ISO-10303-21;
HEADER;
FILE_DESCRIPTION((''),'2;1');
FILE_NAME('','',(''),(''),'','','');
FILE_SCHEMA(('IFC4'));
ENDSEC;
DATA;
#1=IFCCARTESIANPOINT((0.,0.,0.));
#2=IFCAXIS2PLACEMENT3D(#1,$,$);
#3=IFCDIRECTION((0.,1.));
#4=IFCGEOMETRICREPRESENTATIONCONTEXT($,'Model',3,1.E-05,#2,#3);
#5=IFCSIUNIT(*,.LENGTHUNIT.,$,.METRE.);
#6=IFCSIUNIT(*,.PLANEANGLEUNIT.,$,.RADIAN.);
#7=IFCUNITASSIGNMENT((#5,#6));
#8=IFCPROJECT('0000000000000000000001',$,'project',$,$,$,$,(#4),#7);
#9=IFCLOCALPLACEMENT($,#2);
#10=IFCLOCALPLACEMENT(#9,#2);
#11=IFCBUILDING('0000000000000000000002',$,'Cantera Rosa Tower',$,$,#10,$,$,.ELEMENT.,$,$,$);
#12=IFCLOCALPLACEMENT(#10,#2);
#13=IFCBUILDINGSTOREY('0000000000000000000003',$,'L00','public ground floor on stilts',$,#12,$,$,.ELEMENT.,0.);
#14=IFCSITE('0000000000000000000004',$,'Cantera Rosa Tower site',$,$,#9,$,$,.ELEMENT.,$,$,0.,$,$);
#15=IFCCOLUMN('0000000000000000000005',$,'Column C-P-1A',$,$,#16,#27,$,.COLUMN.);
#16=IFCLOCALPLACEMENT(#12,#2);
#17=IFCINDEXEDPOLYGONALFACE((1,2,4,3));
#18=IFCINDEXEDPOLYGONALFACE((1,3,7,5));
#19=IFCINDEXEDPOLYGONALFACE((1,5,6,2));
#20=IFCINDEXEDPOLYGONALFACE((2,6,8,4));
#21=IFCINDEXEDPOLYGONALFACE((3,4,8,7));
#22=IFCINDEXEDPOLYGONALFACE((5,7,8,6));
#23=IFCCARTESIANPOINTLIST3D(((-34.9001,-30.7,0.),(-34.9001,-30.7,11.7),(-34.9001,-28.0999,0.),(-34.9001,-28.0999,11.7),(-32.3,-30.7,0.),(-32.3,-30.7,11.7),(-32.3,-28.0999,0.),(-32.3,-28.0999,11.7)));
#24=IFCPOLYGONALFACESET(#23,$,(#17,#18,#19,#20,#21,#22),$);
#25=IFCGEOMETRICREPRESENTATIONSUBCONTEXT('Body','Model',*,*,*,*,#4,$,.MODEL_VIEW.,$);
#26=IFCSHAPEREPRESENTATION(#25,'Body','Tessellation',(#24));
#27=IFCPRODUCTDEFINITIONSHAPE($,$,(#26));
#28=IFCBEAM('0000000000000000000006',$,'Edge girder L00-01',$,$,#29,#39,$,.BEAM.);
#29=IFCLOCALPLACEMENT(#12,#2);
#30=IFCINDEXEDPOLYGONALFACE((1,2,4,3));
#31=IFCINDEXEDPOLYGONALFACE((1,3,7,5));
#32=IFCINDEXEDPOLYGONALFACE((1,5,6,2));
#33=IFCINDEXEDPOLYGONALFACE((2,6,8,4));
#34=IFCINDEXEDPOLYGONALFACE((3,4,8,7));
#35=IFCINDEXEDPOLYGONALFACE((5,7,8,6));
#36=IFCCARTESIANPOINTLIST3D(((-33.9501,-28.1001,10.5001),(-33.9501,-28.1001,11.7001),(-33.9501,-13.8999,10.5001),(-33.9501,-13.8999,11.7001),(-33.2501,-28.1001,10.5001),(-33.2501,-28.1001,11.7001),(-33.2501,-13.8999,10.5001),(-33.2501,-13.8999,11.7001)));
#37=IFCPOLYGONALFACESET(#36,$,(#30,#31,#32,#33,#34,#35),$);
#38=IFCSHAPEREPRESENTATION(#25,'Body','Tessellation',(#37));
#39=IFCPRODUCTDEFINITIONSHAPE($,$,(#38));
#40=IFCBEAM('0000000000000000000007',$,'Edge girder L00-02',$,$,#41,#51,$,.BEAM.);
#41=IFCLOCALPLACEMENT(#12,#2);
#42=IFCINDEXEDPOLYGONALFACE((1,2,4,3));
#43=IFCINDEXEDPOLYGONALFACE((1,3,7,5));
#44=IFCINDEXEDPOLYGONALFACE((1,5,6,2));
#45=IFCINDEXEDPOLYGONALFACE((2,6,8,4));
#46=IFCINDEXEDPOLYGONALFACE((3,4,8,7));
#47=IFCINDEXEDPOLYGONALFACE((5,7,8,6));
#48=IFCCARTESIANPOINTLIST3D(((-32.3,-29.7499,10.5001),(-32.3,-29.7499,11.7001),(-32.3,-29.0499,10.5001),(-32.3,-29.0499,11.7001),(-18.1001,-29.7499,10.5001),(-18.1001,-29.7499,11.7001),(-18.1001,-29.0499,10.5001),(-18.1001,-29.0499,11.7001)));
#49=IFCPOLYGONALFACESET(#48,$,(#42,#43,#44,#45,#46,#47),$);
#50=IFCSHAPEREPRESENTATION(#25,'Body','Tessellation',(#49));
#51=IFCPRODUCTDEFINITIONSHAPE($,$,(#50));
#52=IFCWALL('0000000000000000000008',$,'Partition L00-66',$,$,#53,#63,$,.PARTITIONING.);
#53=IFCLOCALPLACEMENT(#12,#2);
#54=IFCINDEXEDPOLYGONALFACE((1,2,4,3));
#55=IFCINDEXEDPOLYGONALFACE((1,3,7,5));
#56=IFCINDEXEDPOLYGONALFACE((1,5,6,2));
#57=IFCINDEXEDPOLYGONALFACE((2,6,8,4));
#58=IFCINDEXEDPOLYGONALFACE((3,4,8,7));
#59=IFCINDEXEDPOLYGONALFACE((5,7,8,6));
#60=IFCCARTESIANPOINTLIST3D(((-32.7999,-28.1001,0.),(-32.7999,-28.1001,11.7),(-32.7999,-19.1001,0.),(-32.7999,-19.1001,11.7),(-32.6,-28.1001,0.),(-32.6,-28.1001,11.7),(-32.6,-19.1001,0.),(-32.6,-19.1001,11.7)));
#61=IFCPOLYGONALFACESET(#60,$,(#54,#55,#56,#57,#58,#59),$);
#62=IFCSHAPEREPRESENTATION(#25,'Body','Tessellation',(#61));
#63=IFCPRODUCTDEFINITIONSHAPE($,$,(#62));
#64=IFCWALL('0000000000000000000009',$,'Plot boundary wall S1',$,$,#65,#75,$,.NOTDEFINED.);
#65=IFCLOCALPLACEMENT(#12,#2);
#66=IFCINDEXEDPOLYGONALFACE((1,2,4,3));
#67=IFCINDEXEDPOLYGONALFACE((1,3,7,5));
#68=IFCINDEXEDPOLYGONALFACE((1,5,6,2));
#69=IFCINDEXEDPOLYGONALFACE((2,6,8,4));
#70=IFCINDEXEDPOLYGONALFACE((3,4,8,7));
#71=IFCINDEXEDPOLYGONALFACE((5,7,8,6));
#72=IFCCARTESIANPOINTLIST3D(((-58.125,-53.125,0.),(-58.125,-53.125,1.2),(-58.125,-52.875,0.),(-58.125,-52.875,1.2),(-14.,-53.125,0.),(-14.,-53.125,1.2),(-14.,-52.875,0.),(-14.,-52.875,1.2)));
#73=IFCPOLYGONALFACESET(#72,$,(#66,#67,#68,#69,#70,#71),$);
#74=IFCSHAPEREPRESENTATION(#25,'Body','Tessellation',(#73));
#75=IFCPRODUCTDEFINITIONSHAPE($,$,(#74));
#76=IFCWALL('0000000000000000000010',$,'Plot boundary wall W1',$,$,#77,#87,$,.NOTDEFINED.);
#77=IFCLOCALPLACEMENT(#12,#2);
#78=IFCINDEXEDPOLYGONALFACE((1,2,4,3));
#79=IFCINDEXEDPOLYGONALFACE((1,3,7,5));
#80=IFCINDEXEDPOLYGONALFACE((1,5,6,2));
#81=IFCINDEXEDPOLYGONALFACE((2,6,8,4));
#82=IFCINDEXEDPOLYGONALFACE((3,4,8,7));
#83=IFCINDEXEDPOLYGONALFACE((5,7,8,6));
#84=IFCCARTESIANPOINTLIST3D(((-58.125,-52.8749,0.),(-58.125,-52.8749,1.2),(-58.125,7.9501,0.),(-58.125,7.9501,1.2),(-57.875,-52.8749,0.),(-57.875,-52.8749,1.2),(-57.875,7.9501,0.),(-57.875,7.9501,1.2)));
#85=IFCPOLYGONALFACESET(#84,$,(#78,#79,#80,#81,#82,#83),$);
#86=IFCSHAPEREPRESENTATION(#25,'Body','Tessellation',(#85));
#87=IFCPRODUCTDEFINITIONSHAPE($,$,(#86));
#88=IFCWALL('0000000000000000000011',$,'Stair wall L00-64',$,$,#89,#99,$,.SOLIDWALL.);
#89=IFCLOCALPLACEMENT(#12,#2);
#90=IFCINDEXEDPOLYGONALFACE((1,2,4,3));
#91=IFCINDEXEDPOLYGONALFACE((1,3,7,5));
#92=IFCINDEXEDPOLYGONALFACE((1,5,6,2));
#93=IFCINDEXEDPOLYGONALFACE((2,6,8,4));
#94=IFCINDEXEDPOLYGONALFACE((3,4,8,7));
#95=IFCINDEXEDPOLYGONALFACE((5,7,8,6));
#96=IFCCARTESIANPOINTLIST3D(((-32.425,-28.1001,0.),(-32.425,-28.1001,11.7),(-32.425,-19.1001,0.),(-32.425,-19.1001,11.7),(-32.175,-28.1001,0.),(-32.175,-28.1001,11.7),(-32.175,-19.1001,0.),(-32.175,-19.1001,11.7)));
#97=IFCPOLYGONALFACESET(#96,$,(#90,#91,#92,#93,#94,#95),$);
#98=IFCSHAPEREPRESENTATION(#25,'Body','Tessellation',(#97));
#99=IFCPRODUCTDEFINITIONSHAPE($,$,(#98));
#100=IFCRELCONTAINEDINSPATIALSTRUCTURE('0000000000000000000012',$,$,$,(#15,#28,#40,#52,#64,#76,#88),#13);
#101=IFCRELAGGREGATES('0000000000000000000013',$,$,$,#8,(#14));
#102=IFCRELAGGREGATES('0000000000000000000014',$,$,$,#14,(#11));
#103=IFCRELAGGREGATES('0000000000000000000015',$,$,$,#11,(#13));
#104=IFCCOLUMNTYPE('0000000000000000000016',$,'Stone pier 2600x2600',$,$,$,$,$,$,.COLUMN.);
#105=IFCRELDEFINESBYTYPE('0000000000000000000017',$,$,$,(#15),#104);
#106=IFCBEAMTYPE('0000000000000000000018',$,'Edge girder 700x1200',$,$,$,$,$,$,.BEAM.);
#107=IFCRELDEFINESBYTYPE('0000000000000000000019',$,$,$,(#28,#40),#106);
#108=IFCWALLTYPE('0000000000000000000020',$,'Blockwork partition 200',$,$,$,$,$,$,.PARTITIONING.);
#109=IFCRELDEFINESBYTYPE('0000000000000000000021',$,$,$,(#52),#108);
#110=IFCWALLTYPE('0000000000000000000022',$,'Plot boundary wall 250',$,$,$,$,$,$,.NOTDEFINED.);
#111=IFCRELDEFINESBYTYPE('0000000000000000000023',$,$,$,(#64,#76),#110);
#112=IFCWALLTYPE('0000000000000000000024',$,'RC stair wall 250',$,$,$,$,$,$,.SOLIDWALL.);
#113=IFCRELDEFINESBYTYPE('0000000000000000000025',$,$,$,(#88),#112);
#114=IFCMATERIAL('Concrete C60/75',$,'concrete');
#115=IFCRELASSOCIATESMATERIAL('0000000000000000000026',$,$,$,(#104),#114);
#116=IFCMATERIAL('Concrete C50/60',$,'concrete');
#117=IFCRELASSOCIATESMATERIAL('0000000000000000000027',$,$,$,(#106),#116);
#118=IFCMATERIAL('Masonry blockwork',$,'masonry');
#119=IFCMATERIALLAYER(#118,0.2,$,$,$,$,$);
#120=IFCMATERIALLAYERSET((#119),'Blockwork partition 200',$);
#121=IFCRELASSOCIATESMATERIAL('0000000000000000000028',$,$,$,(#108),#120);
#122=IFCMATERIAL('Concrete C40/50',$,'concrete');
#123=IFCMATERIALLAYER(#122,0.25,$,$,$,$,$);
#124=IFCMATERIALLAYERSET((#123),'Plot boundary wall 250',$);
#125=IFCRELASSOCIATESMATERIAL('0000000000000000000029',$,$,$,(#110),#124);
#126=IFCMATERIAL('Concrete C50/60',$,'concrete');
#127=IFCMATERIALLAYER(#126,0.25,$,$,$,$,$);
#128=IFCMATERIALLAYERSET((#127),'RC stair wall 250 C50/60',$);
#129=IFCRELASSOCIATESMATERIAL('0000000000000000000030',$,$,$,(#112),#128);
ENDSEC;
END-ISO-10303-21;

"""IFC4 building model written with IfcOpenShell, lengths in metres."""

from ifc_helpers import new_model, si_unit, direction, frame, frame_2d, origin, origin_2d, place, context, subcontext, project, spatial, rectangle, extrude, material, layer, layer_set, material_profile, profile_set, type_object, element, save


model = new_model("IFC4")

# Units and contexts
model_context = context("Model", 3, precision=1e-05, world=origin(), true_north=direction((0.0, 1.0)))
body_context = subcontext(model_context, "Body", "Model", "MODEL_VIEW")
ifc_project = project(units=[si_unit("LENGTHUNIT", "METRE"), si_unit("PLANEANGLEUNIT", "RADIAN")], contexts=[model_context])

# Site, building, storey
site_placement = place(None, origin())
site = spatial("IfcSite", under=ifc_project, at=site_placement, Name="Cantera Rosa Tower site", CompositionType="ELEMENT", RefElevation=0.0)
building_placement = place(site_placement, origin())
building = spatial("IfcBuilding", under=site, at=building_placement, Name="Cantera Rosa Tower", CompositionType="ELEMENT")
storey_placement = place(building_placement, origin())
storey = spatial("IfcBuildingStorey", under=building, at=storey_placement, Name="L00", Description="public ground floor on stilts", CompositionType="ELEMENT", Elevation=0.0)

# Column
ifc_material_1 = material(Name="Concrete C60/75", Category="concrete")
ifc_material_profile_1 = material_profile(ifc_material_1, rectangle(XDim=2.6001, YDim=2.6001, at=origin_2d()), Name="Stone pier 2600x2600")
ifc_profile_set_1 = profile_set([ifc_material_profile_1], Name="Concrete C60/75")
column_type = type_object("IfcColumnType", Name="Stone pier 2600x2600", PredefinedType="COLUMN", material=ifc_profile_set_1)
column_placement = place(storey_placement, frame((-33.6001, -29.3999, 0.0), z_axis=(0.0, 0.0, 1.0), x_axis=(1.0, 0.0, 0.0)))
element("IfcColumn", 1, at=column_placement, inside=storey, type_object=column_type, Name="Column C-P-1A", PredefinedType="COLUMN", context=body_context, shape_type="SweptSolid", body=[
    extrude(rectangle(XDim=2.6001, YDim=2.6001, at=origin_2d()), origin(), (0.0, 0.0, 1.0), 11.7),
])

# Beams
ifc_material_2 = material(Name="Concrete C50/60", Category="concrete")
ifc_material_profile_2 = material_profile(ifc_material_2, rectangle(XDim=0.7, YDim=1.2, at=origin_2d()), Name="Edge girder 700x1200")
ifc_profile_set_2 = profile_set([ifc_material_profile_2], Name="Concrete C50/60")
beam_type = type_object("IfcBeamType", Name="Edge girder 700x1200", PredefinedType="BEAM", material=ifc_profile_set_2)
beam_1_placement = place(storey_placement, frame((-33.6001, -28.1001, 11.1001), z_axis=(0.0, 1.0, 0.0), x_axis=(-1.0, 0.0, 0.0)))
element("IfcBeam", 2, at=beam_1_placement, inside=storey, type_object=beam_type, Name="Edge girder L00-01", PredefinedType="BEAM", context=body_context, shape_type="SweptSolid", body=[
    extrude(rectangle(XDim=0.7, YDim=1.2, at=origin_2d()), origin(), (0.0, 0.0, 1.0), 14.2002),
])
beam_2_placement = place(storey_placement, frame((-32.3, -29.3999, 11.1001), z_axis=(1.0, 0.0, 0.0), x_axis=(0.0, 1.0, 0.0)))
element("IfcBeam", 3, at=beam_2_placement, inside=storey, type_object=beam_type, Name="Edge girder L00-02", PredefinedType="BEAM", context=body_context, shape_type="SweptSolid", body=[
    extrude(rectangle(XDim=0.7, YDim=1.2, at=origin_2d()), origin(), (0.0, 0.0, 1.0), 14.2),
])

# Walls
ifc_material_3 = material(Name="Masonry blockwork", Category="masonry")
ifc_layer_1 = layer(ifc_material_3, 0.2)
ifc_layer_set_1 = layer_set([ifc_layer_1], Name="Blockwork partition 200")
wall_type_1 = type_object("IfcWallType", Name="Blockwork partition 200", PredefinedType="PARTITIONING", material=ifc_layer_set_1)
wall_1_placement = place(storey_placement, frame((-32.7, -28.1001, 0.0), z_axis=(0.0, 0.0, 1.0), x_axis=(0.0, 1.0, 0.0)))
element("IfcWall", 4, at=wall_1_placement, inside=storey, type_object=wall_type_1, Name="Partition L00-66", PredefinedType="PARTITIONING", context=body_context, shape_type="SweptSolid", body=[
    extrude(rectangle(XDim=9.0, YDim=0.2, at=frame_2d((4.5, 0.0))), origin(), (0.0, 0.0, 1.0), 11.7),
])
ifc_material_4 = material(Name="Concrete C40/50", Category="concrete")
ifc_layer_2 = layer(ifc_material_4, 0.25)
ifc_layer_set_2 = layer_set([ifc_layer_2], Name="Plot boundary wall 250")
wall_type_2 = type_object("IfcWallType", Name="Plot boundary wall 250", PredefinedType="NOTDEFINED", material=ifc_layer_set_2)
wall_2_placement = place(storey_placement, frame((-58.125, -53.0, 0.0), z_axis=(0.0, 0.0, 1.0), x_axis=(1.0, 0.0, 0.0)))
element("IfcWall", 5, at=wall_2_placement, inside=storey, type_object=wall_type_2, Name="Plot boundary wall S1", PredefinedType="NOTDEFINED", context=body_context, shape_type="SweptSolid", body=[
    extrude(rectangle(XDim=44.125, YDim=0.25, at=frame_2d((22.0625, 0.0))), origin(), (0.0, 0.0, 1.0), 1.2),
])
wall_3_placement = place(storey_placement, frame((-58.0, -52.875, 0.0), z_axis=(0.0, 0.0, 1.0), x_axis=(0.0, 1.0, 0.0)))
element("IfcWall", 6, at=wall_3_placement, inside=storey, type_object=wall_type_2, Name="Plot boundary wall W1", PredefinedType="NOTDEFINED", context=body_context, shape_type="SweptSolid", body=[
    extrude(rectangle(XDim=60.825, YDim=0.25, at=frame_2d((30.4126, 0.0))), origin(), (0.0, 0.0, 1.0), 1.2),
])
ifc_material_5 = material(Name="Concrete C50/60", Category="concrete")
ifc_layer_3 = layer(ifc_material_5, 0.25)
ifc_layer_set_3 = layer_set([ifc_layer_3], Name="RC stair wall 250 C50/60")
wall_type_3 = type_object("IfcWallType", Name="RC stair wall 250", PredefinedType="SOLIDWALL", material=ifc_layer_set_3)
wall_4_placement = place(storey_placement, frame((-32.3, -28.1001, 0.0), z_axis=(0.0, 0.0, 1.0), x_axis=(0.0, 1.0, 0.0)))
element("IfcWall", 7, at=wall_4_placement, inside=storey, type_object=wall_type_3, Name="Stair wall L00-64", PredefinedType="SOLIDWALL", context=body_context, shape_type="SweptSolid", body=[
    extrude(rectangle(XDim=9.0, YDim=0.25, at=frame_2d((4.5, 0.0))), origin(), (0.0, 0.0, 1.0), 11.7),
])

save(model, "model.ifc")
